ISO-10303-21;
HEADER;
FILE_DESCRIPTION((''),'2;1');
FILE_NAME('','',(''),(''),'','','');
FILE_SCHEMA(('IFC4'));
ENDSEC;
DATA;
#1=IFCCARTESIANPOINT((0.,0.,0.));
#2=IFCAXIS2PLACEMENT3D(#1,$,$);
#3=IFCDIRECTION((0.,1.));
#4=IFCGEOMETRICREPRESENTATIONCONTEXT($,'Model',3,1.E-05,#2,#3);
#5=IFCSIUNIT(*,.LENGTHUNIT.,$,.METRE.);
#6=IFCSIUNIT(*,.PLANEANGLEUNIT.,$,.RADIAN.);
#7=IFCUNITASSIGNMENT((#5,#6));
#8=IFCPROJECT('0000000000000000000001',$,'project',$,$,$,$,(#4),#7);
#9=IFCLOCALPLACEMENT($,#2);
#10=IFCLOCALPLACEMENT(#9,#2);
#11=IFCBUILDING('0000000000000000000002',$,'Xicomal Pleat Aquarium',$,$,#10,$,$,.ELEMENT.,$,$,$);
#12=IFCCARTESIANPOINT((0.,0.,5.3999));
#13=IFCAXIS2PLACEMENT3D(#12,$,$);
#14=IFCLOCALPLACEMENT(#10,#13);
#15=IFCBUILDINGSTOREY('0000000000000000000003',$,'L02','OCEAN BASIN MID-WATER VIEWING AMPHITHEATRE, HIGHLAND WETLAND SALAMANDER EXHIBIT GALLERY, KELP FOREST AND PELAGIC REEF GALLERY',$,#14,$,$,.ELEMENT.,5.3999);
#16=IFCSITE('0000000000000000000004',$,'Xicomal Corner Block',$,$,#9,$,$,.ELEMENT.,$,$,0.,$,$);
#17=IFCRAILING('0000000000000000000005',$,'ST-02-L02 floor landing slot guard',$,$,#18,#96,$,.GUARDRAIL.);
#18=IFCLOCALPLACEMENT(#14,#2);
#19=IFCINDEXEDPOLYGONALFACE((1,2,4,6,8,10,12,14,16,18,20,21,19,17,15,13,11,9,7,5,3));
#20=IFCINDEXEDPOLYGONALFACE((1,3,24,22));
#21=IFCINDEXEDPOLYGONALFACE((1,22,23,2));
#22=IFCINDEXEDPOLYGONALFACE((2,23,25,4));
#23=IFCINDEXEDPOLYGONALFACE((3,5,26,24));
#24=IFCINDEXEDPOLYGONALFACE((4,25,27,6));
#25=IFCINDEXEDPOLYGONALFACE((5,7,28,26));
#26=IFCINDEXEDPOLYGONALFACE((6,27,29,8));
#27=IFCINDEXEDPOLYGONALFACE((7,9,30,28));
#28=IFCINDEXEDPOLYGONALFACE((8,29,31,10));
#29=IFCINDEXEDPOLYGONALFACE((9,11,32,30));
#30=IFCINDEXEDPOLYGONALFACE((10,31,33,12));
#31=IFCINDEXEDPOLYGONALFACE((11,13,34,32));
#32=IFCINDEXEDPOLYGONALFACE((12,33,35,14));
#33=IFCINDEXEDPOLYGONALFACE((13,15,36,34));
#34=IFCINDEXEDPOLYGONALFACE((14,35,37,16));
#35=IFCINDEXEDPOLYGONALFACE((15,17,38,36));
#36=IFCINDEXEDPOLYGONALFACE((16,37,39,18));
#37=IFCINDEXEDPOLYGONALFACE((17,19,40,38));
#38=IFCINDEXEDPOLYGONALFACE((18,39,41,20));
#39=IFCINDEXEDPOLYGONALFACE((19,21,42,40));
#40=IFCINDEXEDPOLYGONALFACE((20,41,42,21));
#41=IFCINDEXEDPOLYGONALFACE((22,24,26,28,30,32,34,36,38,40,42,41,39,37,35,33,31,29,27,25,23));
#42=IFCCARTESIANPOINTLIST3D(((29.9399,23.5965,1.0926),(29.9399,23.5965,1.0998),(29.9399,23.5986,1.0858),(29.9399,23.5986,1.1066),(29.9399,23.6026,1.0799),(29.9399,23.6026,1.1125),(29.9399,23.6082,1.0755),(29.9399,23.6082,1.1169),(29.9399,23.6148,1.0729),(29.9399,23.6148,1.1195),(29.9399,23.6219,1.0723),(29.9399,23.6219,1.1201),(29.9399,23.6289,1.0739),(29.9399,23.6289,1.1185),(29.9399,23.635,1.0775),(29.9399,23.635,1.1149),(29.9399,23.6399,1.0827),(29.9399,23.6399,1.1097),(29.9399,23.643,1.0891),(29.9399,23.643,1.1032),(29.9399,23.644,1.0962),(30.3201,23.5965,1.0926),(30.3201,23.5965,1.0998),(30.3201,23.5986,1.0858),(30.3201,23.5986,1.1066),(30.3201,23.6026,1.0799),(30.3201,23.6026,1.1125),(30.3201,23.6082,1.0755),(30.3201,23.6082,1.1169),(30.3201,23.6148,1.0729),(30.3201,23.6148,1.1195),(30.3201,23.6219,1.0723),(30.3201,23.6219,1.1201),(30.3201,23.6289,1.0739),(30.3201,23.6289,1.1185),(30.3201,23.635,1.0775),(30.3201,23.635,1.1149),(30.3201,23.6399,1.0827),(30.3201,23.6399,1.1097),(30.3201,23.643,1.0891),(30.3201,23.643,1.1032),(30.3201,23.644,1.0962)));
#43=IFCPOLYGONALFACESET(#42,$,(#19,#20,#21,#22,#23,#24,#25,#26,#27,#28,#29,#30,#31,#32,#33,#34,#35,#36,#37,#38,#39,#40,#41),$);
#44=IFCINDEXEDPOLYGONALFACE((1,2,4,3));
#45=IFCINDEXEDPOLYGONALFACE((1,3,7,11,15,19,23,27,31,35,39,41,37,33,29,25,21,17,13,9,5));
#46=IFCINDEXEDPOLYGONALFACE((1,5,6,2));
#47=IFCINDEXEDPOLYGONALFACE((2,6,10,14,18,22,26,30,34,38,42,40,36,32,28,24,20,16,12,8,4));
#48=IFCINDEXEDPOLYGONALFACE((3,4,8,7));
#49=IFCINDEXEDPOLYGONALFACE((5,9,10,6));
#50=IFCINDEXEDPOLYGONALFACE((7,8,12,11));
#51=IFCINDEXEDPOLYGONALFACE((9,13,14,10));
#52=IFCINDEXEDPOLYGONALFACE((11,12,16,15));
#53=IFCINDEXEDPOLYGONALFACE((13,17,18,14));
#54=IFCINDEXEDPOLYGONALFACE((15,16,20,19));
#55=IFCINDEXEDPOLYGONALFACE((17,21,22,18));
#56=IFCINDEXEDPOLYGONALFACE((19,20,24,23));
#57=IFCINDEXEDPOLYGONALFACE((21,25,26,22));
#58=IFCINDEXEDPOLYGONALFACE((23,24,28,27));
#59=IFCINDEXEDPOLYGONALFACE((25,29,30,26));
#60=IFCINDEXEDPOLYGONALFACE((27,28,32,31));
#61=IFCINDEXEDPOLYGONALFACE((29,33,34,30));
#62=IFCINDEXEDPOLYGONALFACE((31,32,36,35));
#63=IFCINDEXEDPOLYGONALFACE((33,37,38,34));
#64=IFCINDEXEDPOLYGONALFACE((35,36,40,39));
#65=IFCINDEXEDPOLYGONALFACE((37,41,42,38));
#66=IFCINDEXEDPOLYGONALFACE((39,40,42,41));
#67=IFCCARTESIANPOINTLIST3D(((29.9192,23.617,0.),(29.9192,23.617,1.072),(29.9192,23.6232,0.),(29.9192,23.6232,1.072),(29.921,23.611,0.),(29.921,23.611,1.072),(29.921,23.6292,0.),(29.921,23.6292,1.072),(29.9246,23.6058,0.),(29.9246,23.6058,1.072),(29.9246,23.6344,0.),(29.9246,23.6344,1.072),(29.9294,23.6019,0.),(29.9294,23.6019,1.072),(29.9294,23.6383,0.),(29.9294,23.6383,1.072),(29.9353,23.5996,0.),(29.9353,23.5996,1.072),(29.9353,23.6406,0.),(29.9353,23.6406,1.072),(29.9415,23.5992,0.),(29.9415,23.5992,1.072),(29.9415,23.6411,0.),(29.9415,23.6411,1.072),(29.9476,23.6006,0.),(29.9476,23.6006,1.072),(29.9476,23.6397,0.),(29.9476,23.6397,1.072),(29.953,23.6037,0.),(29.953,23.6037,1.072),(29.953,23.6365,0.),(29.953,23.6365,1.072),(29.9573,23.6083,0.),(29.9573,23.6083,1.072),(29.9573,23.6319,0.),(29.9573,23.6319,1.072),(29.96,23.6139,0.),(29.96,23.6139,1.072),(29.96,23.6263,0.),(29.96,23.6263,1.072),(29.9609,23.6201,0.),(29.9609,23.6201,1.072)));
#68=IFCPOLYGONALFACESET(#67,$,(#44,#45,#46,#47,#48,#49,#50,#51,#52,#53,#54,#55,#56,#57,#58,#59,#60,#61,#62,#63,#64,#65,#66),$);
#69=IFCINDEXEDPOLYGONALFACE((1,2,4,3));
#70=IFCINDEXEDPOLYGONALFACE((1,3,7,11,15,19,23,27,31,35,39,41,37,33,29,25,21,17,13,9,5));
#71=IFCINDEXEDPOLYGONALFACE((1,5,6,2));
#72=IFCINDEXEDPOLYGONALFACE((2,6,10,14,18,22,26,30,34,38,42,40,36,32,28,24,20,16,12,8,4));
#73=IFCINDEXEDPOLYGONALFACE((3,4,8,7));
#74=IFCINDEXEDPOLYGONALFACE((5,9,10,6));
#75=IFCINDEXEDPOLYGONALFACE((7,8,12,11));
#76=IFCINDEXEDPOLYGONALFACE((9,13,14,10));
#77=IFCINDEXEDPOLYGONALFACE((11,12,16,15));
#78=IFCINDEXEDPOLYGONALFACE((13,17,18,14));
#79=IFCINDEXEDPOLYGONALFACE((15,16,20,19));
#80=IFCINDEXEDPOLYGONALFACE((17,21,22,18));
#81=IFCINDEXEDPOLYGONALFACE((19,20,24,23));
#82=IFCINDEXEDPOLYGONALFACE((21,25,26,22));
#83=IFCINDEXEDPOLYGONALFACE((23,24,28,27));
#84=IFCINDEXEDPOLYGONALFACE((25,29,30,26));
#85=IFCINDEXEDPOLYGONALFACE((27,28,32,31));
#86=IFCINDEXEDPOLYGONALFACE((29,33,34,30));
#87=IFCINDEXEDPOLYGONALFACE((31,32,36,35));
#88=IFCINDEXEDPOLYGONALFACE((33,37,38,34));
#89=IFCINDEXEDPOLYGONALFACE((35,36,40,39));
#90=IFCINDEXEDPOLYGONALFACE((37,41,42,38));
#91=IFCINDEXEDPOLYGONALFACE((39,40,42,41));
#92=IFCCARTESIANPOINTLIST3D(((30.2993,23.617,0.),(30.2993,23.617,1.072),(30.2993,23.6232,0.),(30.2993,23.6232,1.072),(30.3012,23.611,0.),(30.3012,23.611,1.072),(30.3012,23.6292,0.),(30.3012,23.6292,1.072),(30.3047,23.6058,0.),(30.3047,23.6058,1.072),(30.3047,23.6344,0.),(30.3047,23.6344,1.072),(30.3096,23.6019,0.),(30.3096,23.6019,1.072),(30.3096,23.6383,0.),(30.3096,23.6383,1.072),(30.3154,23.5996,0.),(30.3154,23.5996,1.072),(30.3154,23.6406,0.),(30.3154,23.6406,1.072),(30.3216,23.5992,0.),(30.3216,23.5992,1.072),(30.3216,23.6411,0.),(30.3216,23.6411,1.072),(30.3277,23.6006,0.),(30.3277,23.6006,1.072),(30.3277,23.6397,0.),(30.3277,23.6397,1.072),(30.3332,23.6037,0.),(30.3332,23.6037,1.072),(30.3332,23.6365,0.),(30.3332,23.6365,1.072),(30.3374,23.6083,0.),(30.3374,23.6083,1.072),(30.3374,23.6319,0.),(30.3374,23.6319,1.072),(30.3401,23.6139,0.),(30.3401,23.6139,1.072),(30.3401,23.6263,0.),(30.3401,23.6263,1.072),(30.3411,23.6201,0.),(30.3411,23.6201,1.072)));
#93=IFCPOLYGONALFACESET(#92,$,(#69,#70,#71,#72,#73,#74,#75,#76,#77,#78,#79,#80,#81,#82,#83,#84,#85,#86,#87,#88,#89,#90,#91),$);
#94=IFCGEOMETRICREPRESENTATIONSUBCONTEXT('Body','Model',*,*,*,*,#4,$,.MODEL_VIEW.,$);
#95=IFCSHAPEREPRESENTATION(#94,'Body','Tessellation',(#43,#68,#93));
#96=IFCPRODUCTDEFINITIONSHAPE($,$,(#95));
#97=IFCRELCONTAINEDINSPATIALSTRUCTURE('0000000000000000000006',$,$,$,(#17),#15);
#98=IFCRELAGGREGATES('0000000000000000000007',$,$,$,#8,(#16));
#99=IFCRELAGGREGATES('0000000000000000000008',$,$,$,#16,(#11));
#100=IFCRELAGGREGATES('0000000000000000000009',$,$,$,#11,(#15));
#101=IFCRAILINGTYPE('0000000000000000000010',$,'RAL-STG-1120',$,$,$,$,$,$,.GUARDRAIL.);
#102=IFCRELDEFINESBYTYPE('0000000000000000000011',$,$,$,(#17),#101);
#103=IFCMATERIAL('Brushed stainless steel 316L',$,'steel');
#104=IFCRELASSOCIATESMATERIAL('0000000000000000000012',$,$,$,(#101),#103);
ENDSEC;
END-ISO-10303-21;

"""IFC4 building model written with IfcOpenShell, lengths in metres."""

from ifc_helpers import new_model, si_unit, direction, frame, origin, origin_2d, place, context, subcontext, project, spatial, circle, extrude, material, type_object, element, save


model = new_model("IFC4")

# Units and contexts
model_context = context("Model", 3, precision=1e-05, world=origin(), true_north=direction((0.0, 1.0)))
body_context = subcontext(model_context, "Body", "Model", "MODEL_VIEW")
ifc_project = project(units=[si_unit("LENGTHUNIT", "METRE"), si_unit("PLANEANGLEUNIT", "RADIAN")], contexts=[model_context])

# Site, building, storey
site_placement = place(None, origin())
site = spatial("IfcSite", under=ifc_project, at=site_placement, Name="Xicomal Corner Block", CompositionType="ELEMENT", RefElevation=0.0)
building_placement = place(site_placement, origin())
building = spatial("IfcBuilding", under=site, at=building_placement, Name="Xicomal Pleat Aquarium", CompositionType="ELEMENT")
storey_placement = place(building_placement, frame((0.0, 0.0, 5.3999)))
storey = spatial("IfcBuildingStorey", under=building, at=storey_placement, Name="L02", Description="OCEAN BASIN MID-WATER VIEWING AMPHITHEATRE, HIGHLAND WETLAND SALAMANDER EXHIBIT GALLERY, KELP FOREST AND PELAGIC REEF GALLERY", CompositionType="ELEMENT", Elevation=5.3999)

# Railing
ifc_material_1 = material(Name="Brushed stainless steel 316L", Category="steel")
railing_type_1 = type_object("IfcRailingType", Name="RAL-STG-1120", PredefinedType="GUARDRAIL", material=ifc_material_1)
railing_1_placement = place(storey_placement, frame((29.9399, 23.6201, 0.0)))
element("IfcRailing", 1, at=railing_1_placement, inside=storey, type_object=railing_type_1, Name="ST-02-L02 floor landing slot guard", PredefinedType="GUARDRAIL", context=body_context, shape_type="SweptSolid", body=[
    extrude(circle(Radius=0.0239, at=origin_2d()), frame((0.0, 0.0, 1.0962), z_axis=(1.0, 0.0, 0.0), x_axis=(0.0, 1.0, 0.0)), (0.0, 0.0, 1.0), 0.3801),
    extrude(circle(Radius=0.021, at=origin_2d()), origin(), (0.0, 0.0, 1.0), 1.072),
    extrude(circle(Radius=0.021, at=origin_2d()), frame((0.3801, 0.0, 0.0)), (0.0, 0.0, 1.0), 1.072),
])

save(model, "model.ifc")
